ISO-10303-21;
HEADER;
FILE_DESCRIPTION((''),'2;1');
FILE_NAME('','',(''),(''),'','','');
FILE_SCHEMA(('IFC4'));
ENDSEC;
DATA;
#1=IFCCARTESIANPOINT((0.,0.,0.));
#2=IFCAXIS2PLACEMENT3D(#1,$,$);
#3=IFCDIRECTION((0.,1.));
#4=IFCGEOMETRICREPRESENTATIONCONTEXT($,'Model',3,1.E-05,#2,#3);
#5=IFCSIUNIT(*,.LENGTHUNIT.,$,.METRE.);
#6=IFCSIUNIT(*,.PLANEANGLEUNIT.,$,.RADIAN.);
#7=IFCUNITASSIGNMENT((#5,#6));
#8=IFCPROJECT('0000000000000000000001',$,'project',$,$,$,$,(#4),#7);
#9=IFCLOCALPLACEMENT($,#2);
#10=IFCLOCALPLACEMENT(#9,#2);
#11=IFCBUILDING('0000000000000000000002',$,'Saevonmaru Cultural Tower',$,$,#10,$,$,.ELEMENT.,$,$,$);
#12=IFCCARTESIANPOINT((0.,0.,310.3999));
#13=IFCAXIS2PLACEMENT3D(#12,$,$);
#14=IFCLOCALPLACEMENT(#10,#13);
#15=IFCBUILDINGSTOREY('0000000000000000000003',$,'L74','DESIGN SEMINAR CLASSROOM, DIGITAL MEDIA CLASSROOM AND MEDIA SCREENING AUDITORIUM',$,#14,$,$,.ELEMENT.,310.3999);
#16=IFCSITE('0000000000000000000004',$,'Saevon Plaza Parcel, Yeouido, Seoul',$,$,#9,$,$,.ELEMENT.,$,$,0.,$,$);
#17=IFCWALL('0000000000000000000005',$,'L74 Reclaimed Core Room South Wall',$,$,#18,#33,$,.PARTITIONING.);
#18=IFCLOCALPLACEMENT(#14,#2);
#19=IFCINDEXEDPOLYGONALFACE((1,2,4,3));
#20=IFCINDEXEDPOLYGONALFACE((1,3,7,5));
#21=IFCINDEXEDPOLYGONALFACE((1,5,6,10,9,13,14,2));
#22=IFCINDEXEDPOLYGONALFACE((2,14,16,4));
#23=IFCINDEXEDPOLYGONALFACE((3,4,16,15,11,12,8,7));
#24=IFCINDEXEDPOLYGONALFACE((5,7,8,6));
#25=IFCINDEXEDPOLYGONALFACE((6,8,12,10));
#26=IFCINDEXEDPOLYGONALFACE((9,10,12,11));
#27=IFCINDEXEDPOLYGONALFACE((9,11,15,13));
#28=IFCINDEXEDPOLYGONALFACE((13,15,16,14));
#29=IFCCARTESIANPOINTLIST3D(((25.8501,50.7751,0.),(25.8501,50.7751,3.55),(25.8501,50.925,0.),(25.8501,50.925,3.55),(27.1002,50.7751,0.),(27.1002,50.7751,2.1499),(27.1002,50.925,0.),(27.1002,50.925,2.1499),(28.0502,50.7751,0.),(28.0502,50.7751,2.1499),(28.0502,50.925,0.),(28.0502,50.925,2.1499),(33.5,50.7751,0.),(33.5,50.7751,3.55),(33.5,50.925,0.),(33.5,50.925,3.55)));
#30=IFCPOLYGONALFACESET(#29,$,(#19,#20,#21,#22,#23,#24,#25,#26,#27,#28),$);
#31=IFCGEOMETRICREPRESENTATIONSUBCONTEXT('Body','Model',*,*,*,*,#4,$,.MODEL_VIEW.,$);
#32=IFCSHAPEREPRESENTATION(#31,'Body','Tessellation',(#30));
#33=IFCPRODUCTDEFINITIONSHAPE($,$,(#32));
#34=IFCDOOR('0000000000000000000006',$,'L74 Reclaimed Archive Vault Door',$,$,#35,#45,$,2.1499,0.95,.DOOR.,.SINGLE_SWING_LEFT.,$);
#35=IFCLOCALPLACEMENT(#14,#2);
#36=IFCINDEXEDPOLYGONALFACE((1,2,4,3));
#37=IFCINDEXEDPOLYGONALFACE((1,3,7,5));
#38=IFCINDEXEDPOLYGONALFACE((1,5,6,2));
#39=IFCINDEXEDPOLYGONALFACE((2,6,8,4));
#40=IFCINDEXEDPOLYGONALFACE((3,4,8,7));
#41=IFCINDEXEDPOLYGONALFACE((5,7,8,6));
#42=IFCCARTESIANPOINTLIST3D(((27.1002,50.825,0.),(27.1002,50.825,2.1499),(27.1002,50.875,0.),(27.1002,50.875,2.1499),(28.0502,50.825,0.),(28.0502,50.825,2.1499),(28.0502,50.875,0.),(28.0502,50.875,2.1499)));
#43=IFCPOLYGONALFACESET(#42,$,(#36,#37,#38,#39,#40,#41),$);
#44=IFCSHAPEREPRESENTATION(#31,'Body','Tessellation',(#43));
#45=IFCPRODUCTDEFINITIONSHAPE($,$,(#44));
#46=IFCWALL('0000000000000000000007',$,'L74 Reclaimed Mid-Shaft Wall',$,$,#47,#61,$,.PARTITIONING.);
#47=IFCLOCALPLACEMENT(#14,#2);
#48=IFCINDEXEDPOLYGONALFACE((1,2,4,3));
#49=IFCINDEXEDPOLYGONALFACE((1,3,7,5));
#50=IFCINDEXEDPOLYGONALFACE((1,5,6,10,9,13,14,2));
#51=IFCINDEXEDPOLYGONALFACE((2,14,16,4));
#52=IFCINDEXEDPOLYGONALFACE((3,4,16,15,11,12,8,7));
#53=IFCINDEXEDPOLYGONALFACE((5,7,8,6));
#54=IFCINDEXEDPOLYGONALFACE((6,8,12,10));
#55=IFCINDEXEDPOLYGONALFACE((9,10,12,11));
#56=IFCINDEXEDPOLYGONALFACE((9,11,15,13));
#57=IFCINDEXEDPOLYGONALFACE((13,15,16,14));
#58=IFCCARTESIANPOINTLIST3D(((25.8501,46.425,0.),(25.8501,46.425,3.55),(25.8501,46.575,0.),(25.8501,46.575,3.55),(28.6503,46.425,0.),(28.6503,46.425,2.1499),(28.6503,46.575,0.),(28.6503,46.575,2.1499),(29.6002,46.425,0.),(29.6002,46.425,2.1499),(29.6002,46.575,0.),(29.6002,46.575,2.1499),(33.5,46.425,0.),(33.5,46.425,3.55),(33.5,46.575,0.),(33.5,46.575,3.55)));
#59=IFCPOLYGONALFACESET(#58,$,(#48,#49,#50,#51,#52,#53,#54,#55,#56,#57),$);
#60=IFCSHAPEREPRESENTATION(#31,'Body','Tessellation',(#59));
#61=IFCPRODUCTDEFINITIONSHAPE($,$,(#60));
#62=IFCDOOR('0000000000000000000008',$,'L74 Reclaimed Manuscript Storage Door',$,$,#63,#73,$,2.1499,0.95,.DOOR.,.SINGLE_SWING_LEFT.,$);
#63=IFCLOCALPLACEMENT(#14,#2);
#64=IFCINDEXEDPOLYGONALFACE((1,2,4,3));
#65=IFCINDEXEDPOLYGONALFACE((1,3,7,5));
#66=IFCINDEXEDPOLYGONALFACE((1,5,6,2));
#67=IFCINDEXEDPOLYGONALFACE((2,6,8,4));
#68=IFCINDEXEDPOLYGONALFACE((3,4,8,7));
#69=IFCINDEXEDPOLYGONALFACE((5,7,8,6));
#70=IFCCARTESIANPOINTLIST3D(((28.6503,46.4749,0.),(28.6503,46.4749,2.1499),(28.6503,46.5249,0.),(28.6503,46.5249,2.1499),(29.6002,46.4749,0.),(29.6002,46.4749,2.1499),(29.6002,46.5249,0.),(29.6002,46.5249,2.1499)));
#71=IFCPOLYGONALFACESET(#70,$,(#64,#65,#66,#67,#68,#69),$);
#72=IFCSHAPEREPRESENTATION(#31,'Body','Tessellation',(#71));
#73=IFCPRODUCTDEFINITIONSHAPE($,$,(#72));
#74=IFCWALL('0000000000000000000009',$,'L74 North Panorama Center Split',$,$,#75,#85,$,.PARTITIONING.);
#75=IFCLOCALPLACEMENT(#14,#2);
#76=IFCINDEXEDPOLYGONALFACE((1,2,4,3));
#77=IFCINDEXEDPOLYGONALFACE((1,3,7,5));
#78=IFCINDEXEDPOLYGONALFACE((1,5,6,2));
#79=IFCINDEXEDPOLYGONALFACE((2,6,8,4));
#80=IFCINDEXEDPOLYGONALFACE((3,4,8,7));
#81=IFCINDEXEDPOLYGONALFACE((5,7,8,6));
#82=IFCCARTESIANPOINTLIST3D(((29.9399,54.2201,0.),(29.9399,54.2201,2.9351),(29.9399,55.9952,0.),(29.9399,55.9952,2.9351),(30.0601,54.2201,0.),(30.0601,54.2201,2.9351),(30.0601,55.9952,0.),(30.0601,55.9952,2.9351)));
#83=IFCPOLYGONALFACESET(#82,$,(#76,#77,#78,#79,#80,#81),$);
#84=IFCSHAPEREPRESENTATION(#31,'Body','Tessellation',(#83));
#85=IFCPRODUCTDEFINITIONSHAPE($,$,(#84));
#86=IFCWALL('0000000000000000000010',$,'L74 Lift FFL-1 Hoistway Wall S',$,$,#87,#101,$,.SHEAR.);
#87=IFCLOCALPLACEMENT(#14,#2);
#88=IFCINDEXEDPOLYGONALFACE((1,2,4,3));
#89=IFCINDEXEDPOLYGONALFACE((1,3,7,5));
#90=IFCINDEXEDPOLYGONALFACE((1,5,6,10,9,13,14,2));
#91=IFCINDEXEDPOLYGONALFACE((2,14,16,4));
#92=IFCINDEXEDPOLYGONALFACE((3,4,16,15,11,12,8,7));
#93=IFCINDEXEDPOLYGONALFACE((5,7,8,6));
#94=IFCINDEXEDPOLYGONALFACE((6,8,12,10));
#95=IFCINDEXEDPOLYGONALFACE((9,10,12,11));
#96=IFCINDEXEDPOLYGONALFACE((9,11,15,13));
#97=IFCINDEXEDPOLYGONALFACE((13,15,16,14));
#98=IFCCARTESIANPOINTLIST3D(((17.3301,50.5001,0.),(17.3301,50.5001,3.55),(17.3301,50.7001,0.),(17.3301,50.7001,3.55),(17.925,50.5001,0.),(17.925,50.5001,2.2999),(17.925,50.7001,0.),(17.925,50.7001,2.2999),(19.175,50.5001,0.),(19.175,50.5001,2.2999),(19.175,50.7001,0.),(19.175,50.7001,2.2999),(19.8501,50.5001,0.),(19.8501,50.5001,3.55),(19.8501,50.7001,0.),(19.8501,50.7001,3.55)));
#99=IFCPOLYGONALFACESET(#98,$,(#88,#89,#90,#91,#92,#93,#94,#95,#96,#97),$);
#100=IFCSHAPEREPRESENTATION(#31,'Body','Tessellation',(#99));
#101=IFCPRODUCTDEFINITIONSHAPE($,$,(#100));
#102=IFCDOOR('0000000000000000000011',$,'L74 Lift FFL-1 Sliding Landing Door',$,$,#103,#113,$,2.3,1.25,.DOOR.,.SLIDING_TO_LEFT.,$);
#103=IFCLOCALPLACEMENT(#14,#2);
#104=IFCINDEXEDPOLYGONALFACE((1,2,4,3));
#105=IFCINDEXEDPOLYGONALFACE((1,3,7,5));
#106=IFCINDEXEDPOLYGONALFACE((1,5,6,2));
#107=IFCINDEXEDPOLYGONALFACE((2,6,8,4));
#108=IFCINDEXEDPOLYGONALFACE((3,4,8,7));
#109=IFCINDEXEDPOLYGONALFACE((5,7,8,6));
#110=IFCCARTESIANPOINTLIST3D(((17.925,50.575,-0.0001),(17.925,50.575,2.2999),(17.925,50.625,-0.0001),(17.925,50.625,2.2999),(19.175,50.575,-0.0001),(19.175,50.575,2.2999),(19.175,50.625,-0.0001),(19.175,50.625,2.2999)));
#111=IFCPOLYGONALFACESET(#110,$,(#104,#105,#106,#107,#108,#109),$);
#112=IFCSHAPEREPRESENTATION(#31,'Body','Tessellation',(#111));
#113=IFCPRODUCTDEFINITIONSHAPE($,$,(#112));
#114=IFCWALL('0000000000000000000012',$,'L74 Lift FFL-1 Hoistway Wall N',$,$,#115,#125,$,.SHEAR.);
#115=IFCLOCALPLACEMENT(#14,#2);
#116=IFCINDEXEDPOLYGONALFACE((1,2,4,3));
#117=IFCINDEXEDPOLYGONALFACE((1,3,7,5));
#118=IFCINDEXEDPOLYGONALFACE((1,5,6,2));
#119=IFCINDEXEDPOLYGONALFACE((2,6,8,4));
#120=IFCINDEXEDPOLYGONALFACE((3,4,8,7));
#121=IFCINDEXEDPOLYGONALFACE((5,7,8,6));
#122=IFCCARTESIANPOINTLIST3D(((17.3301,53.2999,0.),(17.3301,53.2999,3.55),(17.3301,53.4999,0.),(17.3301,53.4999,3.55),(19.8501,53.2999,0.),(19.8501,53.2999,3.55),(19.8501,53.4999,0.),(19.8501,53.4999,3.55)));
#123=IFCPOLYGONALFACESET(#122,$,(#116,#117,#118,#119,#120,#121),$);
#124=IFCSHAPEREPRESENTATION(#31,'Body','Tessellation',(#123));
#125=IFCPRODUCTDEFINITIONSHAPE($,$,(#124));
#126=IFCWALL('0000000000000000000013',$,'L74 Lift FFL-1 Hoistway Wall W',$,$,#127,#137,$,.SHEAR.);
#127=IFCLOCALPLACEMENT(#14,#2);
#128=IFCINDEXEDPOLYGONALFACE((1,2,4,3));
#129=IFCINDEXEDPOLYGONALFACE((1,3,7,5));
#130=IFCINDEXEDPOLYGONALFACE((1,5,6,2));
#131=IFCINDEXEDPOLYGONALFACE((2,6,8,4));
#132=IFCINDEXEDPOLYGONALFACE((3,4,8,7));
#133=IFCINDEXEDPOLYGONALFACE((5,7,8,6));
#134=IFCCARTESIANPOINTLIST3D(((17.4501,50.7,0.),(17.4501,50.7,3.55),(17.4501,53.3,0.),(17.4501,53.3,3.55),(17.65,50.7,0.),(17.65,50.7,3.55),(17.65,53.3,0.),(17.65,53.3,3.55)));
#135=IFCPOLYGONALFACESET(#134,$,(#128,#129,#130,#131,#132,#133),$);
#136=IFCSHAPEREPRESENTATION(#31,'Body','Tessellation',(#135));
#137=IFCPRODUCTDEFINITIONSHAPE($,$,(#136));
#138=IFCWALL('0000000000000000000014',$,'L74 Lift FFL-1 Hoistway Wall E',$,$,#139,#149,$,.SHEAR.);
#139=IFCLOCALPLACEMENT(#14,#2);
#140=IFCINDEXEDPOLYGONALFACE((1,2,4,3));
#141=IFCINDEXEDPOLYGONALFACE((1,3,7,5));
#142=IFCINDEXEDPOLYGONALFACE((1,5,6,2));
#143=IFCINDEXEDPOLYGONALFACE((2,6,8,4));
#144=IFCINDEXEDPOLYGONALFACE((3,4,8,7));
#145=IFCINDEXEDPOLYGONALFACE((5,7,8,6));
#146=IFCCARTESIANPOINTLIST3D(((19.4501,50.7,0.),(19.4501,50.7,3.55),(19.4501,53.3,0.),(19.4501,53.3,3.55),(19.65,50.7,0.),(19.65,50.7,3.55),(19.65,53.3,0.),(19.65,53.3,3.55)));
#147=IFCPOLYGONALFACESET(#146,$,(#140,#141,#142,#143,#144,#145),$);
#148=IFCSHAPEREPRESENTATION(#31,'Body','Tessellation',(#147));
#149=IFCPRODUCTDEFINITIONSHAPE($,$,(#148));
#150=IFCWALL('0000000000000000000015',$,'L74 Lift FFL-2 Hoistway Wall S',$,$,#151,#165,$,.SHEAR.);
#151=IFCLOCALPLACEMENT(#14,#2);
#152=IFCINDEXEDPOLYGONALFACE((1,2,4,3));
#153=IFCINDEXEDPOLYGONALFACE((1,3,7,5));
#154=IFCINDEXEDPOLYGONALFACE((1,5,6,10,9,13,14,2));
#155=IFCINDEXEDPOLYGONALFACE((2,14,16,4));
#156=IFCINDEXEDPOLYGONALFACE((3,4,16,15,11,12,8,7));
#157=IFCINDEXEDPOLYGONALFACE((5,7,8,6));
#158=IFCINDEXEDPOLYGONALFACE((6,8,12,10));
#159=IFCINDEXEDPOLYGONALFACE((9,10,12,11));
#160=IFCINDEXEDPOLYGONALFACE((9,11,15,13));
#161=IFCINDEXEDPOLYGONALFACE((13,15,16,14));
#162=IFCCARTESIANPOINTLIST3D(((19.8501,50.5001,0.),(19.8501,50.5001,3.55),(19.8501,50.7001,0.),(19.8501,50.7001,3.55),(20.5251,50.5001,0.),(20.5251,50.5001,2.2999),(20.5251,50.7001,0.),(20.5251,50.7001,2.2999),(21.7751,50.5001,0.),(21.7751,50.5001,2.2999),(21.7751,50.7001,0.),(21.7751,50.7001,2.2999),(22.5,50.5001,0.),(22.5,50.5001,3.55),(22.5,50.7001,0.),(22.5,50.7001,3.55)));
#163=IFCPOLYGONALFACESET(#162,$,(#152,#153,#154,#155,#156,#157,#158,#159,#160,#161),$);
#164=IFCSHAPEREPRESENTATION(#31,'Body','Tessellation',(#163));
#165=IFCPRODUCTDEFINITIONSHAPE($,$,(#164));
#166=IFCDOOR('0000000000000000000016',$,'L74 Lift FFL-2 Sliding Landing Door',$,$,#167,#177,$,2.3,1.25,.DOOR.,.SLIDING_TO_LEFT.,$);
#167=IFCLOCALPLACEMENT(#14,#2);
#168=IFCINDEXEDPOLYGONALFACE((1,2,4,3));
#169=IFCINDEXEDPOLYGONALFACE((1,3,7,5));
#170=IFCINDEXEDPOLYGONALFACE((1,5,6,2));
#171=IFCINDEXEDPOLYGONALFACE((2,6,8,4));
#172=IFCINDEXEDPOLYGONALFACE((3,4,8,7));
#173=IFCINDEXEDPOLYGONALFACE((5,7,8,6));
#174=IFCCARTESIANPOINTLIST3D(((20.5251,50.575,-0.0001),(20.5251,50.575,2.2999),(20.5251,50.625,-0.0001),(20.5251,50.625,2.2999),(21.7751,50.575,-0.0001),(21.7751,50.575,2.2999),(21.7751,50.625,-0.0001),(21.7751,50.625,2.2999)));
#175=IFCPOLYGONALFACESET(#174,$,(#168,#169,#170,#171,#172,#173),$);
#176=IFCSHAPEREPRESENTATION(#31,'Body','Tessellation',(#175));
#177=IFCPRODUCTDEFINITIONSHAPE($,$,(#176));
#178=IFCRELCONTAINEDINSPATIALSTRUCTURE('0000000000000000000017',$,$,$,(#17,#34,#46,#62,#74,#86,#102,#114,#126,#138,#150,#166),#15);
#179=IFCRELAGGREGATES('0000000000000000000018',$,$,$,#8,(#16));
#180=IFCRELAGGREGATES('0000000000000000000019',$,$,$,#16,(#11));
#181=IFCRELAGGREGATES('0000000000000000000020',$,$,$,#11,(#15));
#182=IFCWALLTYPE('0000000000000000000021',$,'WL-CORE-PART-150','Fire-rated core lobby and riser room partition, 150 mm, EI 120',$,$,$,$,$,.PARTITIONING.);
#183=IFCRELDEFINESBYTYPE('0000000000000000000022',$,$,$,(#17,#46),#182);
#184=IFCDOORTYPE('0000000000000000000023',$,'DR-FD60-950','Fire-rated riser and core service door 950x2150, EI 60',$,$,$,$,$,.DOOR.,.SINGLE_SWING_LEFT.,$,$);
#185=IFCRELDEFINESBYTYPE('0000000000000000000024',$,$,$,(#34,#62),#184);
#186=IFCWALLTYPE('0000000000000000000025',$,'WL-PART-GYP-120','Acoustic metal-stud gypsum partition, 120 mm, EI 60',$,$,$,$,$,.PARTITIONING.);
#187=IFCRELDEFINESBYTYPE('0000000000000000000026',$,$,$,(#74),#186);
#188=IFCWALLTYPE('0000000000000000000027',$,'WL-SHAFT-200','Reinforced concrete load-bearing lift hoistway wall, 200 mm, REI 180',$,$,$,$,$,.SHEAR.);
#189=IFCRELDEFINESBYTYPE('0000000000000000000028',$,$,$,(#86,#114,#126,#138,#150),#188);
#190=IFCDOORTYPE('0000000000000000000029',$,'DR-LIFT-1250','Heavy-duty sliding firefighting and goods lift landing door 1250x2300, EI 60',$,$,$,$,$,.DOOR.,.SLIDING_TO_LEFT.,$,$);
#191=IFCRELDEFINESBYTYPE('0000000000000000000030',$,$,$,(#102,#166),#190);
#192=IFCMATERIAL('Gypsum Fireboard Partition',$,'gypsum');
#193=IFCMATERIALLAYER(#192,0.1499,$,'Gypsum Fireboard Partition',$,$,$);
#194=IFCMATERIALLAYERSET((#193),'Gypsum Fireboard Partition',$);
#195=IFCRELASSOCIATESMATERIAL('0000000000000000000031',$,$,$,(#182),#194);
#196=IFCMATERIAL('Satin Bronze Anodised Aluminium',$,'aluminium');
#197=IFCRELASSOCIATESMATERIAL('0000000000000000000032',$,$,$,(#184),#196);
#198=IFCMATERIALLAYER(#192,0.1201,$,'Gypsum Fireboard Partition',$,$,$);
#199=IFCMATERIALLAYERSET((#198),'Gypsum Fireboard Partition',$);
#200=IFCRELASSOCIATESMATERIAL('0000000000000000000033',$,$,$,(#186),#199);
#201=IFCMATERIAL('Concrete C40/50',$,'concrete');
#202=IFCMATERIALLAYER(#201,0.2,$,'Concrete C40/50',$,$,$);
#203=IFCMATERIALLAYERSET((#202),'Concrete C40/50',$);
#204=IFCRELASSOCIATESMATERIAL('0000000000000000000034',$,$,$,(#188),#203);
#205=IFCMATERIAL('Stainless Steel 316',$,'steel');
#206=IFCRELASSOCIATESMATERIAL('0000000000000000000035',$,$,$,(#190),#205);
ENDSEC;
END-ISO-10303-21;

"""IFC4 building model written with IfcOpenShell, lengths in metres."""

from ifc_helpers import new_model, si_unit, direction, frame, frame_2d, origin, place, context, subcontext, project, spatial, rectangle, extrude, material, layer, layer_set, type_object, element, fill, save


model = new_model("IFC4")

# Units and contexts
model_context = context("Model", 3, precision=1e-05, world=origin(), true_north=direction((0.0, 1.0)))
body_context = subcontext(model_context, "Body", "Model", "MODEL_VIEW")
ifc_project = project(units=[si_unit("LENGTHUNIT", "METRE"), si_unit("PLANEANGLEUNIT", "RADIAN")], contexts=[model_context])

# Site, building, storey
site_placement = place(None, origin())
site = spatial("IfcSite", under=ifc_project, at=site_placement, Name="Saevon Plaza Parcel, Yeouido, Seoul", CompositionType="ELEMENT", RefElevation=0.0)
building_placement = place(site_placement, origin())
building = spatial("IfcBuilding", under=site, at=building_placement, Name="Saevonmaru Cultural Tower", CompositionType="ELEMENT")
storey_placement = place(building_placement, frame((0.0, 0.0, 310.3999)))
storey = spatial("IfcBuildingStorey", under=building, at=storey_placement, Name="L74", Description="DESIGN SEMINAR CLASSROOM, DIGITAL MEDIA CLASSROOM AND MEDIA SCREENING AUDITORIUM", CompositionType="ELEMENT", Elevation=310.3999)

# Shared definitions
ifc_material_1 = material(Name="Satin Bronze Anodised Aluminium", Category="aluminium")

# Walls, openings, doors
ifc_material_2 = material(Name="Gypsum Fireboard Partition", Category="gypsum")
ifc_layer_1 = layer(ifc_material_2, 0.1499, Name="Gypsum Fireboard Partition")
ifc_layer_set_1 = layer_set([ifc_layer_1], Name="Gypsum Fireboard Partition")
wall_type_1 = type_object("IfcWallType", Name="WL-CORE-PART-150", Description="Fire-rated core lobby and riser room partition, 150 mm, EI 120", PredefinedType="PARTITIONING", material=ifc_layer_set_1)
wall_1_placement = place(storey_placement, frame((25.8501, 50.8501, 0.0), z_axis=(0.0, 0.0, 1.0), x_axis=(1.0, 0.0, 0.0)))
wall_1 = element("IfcWall", 1, at=wall_1_placement, inside=storey, type_object=wall_type_1, Name="L74 Reclaimed Core Room South Wall", PredefinedType="PARTITIONING", context=body_context, shape_type="SweptSolid", body=[
    extrude(rectangle(XDim=7.6499, YDim=0.1499, at=frame_2d((3.825, 0.0))), origin(), (0.0, 0.0, 1.0), 3.55),
])
opening_1_placement = place(wall_1_placement, frame((1.25, 0.0, 0.0)))
opening_1 = element("IfcOpeningElement", 2, at=opening_1_placement, cuts=wall_1, PredefinedType="OPENING", context=body_context, shape_type="SweptSolid", body=[
    extrude(rectangle(XDim=0.95, YDim=2.1499, at=frame_2d((0.4751, 1.075))), frame((0.0, 0.085, 0.0), z_axis=(0.0, -1.0, 0.0), x_axis=(1.0, 0.0, 0.0)), (0.0, 0.0, 1.0), 0.1699),
])
door_type_1 = type_object("IfcDoorType", Name="DR-FD60-950", Description="Fire-rated riser and core service door 950x2150, EI 60", OperationType="SINGLE_SWING_LEFT", PredefinedType="DOOR", material=ifc_material_1)
door_1_placement = place(opening_1_placement, origin())
door_1 = element("IfcDoor", 3, at=door_1_placement, inside=storey, type_object=door_type_1, Name="L74 Reclaimed Archive Vault Door", OperationType="SINGLE_SWING_LEFT", OverallHeight=2.1499, OverallWidth=0.95, PredefinedType="DOOR", context=body_context, shape_type="SweptSolid", body=[
    extrude(rectangle(XDim=0.95, YDim=2.1499, at=frame_2d((0.4751, 1.075))), frame((0.0, 0.0249, 0.0), z_axis=(0.0, -1.0, 0.0), x_axis=(1.0, 0.0, 0.0)), (0.0, 0.0, 1.0), 0.05),
])
fill(opening_1, door_1)
wall_2_placement = place(storey_placement, frame((25.8501, 46.5, 0.0), z_axis=(0.0, 0.0, 1.0), x_axis=(1.0, 0.0, 0.0)))
wall_2 = element("IfcWall", 4, at=wall_2_placement, inside=storey, type_object=wall_type_1, Name="L74 Reclaimed Mid-Shaft Wall", PredefinedType="PARTITIONING", context=body_context, shape_type="SweptSolid", body=[
    extrude(rectangle(XDim=7.6499, YDim=0.1499, at=frame_2d((3.825, 0.0))), origin(), (0.0, 0.0, 1.0), 3.55),
])
opening_2_placement = place(wall_2_placement, frame((2.8, 0.0, 0.0)))
opening_2 = element("IfcOpeningElement", 5, at=opening_2_placement, cuts=wall_2, PredefinedType="OPENING", context=body_context, shape_type="SweptSolid", body=[
    extrude(rectangle(XDim=0.95, YDim=2.1499, at=frame_2d((0.4751, 1.075))), frame((0.0, 0.085, 0.0), z_axis=(0.0, -1.0, 0.0), x_axis=(1.0, 0.0, 0.0)), (0.0, 0.0, 1.0), 0.1699),
])
door_2_placement = place(opening_2_placement, origin())
door_2 = element("IfcDoor", 6, at=door_2_placement, inside=storey, type_object=door_type_1, Name="L74 Reclaimed Manuscript Storage Door", OperationType="SINGLE_SWING_LEFT", OverallHeight=2.1499, OverallWidth=0.95, PredefinedType="DOOR", context=body_context, shape_type="SweptSolid", body=[
    extrude(rectangle(XDim=0.95, YDim=2.1499, at=frame_2d((0.4751, 1.075))), frame((0.0, 0.0249, 0.0), z_axis=(0.0, -1.0, 0.0), x_axis=(1.0, 0.0, 0.0)), (0.0, 0.0, 1.0), 0.05),
])
fill(opening_2, door_2)

# Wall
ifc_layer_2 = layer(ifc_material_2, 0.1201, Name="Gypsum Fireboard Partition")
ifc_layer_set_2 = layer_set([ifc_layer_2], Name="Gypsum Fireboard Partition")
wall_type_2 = type_object("IfcWallType", Name="WL-PART-GYP-120", Description="Acoustic metal-stud gypsum partition, 120 mm, EI 60", PredefinedType="PARTITIONING", material=ifc_layer_set_2)
wall_3_placement = place(storey_placement, frame((30.0, 54.22, 0.0), z_axis=(0.0, 0.0, 1.0), x_axis=(0.0, 1.0, 0.0)))
element("IfcWall", 7, at=wall_3_placement, inside=storey, type_object=wall_type_2, Name="L74 North Panorama Center Split", PredefinedType="PARTITIONING", context=body_context, shape_type="SweptSolid", body=[
    extrude(rectangle(XDim=1.7751, YDim=0.1201, at=frame_2d((0.8877, 0.0))), origin(), (0.0, 0.0, 1.0), 2.9351),
])

# Wall, opening, door
ifc_material_3 = material(Name="Concrete C40/50", Category="concrete")
ifc_layer_3 = layer(ifc_material_3, 0.2, Name="Concrete C40/50")
ifc_layer_set_3 = layer_set([ifc_layer_3], Name="Concrete C40/50")
wall_type_3 = type_object("IfcWallType", Name="WL-SHAFT-200", Description="Reinforced concrete load-bearing lift hoistway wall, 200 mm, REI 180", PredefinedType="SHEAR", material=ifc_layer_set_3)
wall_4_placement = place(storey_placement, frame((17.3301, 50.6001, 0.0), z_axis=(0.0, 0.0, 1.0), x_axis=(1.0, 0.0, 0.0)))
wall_4 = element("IfcWall", 8, at=wall_4_placement, inside=storey, type_object=wall_type_3, Name="L74 Lift FFL-1 Hoistway Wall S", PredefinedType="SHEAR", context=body_context, shape_type="SweptSolid", body=[
    extrude(rectangle(XDim=2.52, YDim=0.2, at=frame_2d((1.26, 0.0))), origin(), (0.0, 0.0, 1.0), 3.55),
])
opening_3_placement = place(wall_4_placement, frame((0.595, 0.0, 0.0)))
opening_3 = element("IfcOpeningElement", 9, at=opening_3_placement, cuts=wall_4, PredefinedType="OPENING", context=body_context, shape_type="SweptSolid", body=[
    extrude(rectangle(XDim=1.25, YDim=2.3, at=frame_2d((0.625, 1.1499))), frame((0.0, 0.1099, 0.0), z_axis=(0.0, -1.0, 0.0), x_axis=(1.0, 0.0, 0.0)), (0.0, 0.0, 1.0), 0.22),
])
ifc_material_4 = material(Name="Stainless Steel 316", Category="steel")
door_type_2 = type_object("IfcDoorType", Name="DR-LIFT-1250", Description="Heavy-duty sliding firefighting and goods lift landing door 1250x2300, EI 60", OperationType="SLIDING_TO_LEFT", PredefinedType="DOOR", material=ifc_material_4)
door_3_placement = place(opening_3_placement, origin())
door_3 = element("IfcDoor", 10, at=door_3_placement, inside=storey, type_object=door_type_2, Name="L74 Lift FFL-1 Sliding Landing Door", OperationType="SLIDING_TO_LEFT", OverallHeight=2.3, OverallWidth=1.25, PredefinedType="DOOR", context=body_context, shape_type="SweptSolid", body=[
    extrude(rectangle(XDim=1.25, YDim=2.3, at=frame_2d((0.625, 1.1499))), frame((0.0, 0.0249, 0.0), z_axis=(0.0, -1.0, 0.0), x_axis=(1.0, 0.0, 0.0)), (0.0, 0.0, 1.0), 0.05),
])
fill(opening_3, door_3)

# Walls
wall_5_placement = place(storey_placement, frame((17.3301, 53.3999, 0.0), z_axis=(0.0, 0.0, 1.0), x_axis=(1.0, 0.0, 0.0)))
element("IfcWall", 11, at=wall_5_placement, inside=storey, type_object=wall_type_3, Name="L74 Lift FFL-1 Hoistway Wall N", PredefinedType="SHEAR", context=body_context, shape_type="SweptSolid", body=[
    extrude(rectangle(XDim=2.52, YDim=0.2, at=frame_2d((1.26, 0.0))), origin(), (0.0, 0.0, 1.0), 3.55),
])
for number, where, z_axis, x_axis, name in (
    (12, (17.55, 50.7, 0.0), (0.0, 0.0, 1.0), (0.0, 1.0, 0.0), "L74 Lift FFL-1 Hoistway Wall W"),
    (13, (19.55, 50.7, 0.0), (0.0, 0.0, 1.0), (0.0, 1.0, 0.0), "L74 Lift FFL-1 Hoistway Wall E"),
):
    element("IfcWall", number, at=place(storey_placement, frame(where, z_axis=z_axis, x_axis=x_axis)), inside=storey, type_object=wall_type_3, Name=name, PredefinedType="SHEAR", context=body_context, shape_type="SweptSolid", body=[
        extrude(rectangle(XDim=2.6001, YDim=0.2, at=frame_2d((1.3, 0.0))), origin(), (0.0, 0.0, 1.0), 3.55),
    ])

# Wall, opening, door
wall_6_placement = place(storey_placement, frame((19.8501, 50.6001, 0.0), z_axis=(0.0, 0.0, 1.0), x_axis=(1.0, 0.0, 0.0)))
wall_6 = element("IfcWall", 14, at=wall_6_placement, inside=storey, type_object=wall_type_3, Name="L74 Lift FFL-2 Hoistway Wall S", PredefinedType="SHEAR", context=body_context, shape_type="SweptSolid", body=[
    extrude(rectangle(XDim=2.6499, YDim=0.2, at=frame_2d((1.325, 0.0))), origin(), (0.0, 0.0, 1.0), 3.55),
])
opening_4_placement = place(wall_6_placement, frame((0.675, 0.0, 0.0)))
opening_4 = element("IfcOpeningElement", 15, at=opening_4_placement, cuts=wall_6, PredefinedType="OPENING", context=body_context, shape_type="SweptSolid", body=[
    extrude(rectangle(XDim=1.25, YDim=2.3, at=frame_2d((0.625, 1.1499))), frame((0.0, 0.1099, 0.0), z_axis=(0.0, -1.0, 0.0), x_axis=(1.0, 0.0, 0.0)), (0.0, 0.0, 1.0), 0.22),
])
door_4_placement = place(opening_4_placement, origin())
door_4 = element("IfcDoor", 16, at=door_4_placement, inside=storey, type_object=door_type_2, Name="L74 Lift FFL-2 Sliding Landing Door", OperationType="SLIDING_TO_LEFT", OverallHeight=2.3, OverallWidth=1.25, PredefinedType="DOOR", context=body_context, shape_type="SweptSolid", body=[
    extrude(rectangle(XDim=1.25, YDim=2.3, at=frame_2d((0.625, 1.1499))), frame((0.0, 0.0249, 0.0), z_axis=(0.0, -1.0, 0.0), x_axis=(1.0, 0.0, 0.0)), (0.0, 0.0, 1.0), 0.05),
])
fill(opening_4, door_4)

save(model, "model.ifc")
